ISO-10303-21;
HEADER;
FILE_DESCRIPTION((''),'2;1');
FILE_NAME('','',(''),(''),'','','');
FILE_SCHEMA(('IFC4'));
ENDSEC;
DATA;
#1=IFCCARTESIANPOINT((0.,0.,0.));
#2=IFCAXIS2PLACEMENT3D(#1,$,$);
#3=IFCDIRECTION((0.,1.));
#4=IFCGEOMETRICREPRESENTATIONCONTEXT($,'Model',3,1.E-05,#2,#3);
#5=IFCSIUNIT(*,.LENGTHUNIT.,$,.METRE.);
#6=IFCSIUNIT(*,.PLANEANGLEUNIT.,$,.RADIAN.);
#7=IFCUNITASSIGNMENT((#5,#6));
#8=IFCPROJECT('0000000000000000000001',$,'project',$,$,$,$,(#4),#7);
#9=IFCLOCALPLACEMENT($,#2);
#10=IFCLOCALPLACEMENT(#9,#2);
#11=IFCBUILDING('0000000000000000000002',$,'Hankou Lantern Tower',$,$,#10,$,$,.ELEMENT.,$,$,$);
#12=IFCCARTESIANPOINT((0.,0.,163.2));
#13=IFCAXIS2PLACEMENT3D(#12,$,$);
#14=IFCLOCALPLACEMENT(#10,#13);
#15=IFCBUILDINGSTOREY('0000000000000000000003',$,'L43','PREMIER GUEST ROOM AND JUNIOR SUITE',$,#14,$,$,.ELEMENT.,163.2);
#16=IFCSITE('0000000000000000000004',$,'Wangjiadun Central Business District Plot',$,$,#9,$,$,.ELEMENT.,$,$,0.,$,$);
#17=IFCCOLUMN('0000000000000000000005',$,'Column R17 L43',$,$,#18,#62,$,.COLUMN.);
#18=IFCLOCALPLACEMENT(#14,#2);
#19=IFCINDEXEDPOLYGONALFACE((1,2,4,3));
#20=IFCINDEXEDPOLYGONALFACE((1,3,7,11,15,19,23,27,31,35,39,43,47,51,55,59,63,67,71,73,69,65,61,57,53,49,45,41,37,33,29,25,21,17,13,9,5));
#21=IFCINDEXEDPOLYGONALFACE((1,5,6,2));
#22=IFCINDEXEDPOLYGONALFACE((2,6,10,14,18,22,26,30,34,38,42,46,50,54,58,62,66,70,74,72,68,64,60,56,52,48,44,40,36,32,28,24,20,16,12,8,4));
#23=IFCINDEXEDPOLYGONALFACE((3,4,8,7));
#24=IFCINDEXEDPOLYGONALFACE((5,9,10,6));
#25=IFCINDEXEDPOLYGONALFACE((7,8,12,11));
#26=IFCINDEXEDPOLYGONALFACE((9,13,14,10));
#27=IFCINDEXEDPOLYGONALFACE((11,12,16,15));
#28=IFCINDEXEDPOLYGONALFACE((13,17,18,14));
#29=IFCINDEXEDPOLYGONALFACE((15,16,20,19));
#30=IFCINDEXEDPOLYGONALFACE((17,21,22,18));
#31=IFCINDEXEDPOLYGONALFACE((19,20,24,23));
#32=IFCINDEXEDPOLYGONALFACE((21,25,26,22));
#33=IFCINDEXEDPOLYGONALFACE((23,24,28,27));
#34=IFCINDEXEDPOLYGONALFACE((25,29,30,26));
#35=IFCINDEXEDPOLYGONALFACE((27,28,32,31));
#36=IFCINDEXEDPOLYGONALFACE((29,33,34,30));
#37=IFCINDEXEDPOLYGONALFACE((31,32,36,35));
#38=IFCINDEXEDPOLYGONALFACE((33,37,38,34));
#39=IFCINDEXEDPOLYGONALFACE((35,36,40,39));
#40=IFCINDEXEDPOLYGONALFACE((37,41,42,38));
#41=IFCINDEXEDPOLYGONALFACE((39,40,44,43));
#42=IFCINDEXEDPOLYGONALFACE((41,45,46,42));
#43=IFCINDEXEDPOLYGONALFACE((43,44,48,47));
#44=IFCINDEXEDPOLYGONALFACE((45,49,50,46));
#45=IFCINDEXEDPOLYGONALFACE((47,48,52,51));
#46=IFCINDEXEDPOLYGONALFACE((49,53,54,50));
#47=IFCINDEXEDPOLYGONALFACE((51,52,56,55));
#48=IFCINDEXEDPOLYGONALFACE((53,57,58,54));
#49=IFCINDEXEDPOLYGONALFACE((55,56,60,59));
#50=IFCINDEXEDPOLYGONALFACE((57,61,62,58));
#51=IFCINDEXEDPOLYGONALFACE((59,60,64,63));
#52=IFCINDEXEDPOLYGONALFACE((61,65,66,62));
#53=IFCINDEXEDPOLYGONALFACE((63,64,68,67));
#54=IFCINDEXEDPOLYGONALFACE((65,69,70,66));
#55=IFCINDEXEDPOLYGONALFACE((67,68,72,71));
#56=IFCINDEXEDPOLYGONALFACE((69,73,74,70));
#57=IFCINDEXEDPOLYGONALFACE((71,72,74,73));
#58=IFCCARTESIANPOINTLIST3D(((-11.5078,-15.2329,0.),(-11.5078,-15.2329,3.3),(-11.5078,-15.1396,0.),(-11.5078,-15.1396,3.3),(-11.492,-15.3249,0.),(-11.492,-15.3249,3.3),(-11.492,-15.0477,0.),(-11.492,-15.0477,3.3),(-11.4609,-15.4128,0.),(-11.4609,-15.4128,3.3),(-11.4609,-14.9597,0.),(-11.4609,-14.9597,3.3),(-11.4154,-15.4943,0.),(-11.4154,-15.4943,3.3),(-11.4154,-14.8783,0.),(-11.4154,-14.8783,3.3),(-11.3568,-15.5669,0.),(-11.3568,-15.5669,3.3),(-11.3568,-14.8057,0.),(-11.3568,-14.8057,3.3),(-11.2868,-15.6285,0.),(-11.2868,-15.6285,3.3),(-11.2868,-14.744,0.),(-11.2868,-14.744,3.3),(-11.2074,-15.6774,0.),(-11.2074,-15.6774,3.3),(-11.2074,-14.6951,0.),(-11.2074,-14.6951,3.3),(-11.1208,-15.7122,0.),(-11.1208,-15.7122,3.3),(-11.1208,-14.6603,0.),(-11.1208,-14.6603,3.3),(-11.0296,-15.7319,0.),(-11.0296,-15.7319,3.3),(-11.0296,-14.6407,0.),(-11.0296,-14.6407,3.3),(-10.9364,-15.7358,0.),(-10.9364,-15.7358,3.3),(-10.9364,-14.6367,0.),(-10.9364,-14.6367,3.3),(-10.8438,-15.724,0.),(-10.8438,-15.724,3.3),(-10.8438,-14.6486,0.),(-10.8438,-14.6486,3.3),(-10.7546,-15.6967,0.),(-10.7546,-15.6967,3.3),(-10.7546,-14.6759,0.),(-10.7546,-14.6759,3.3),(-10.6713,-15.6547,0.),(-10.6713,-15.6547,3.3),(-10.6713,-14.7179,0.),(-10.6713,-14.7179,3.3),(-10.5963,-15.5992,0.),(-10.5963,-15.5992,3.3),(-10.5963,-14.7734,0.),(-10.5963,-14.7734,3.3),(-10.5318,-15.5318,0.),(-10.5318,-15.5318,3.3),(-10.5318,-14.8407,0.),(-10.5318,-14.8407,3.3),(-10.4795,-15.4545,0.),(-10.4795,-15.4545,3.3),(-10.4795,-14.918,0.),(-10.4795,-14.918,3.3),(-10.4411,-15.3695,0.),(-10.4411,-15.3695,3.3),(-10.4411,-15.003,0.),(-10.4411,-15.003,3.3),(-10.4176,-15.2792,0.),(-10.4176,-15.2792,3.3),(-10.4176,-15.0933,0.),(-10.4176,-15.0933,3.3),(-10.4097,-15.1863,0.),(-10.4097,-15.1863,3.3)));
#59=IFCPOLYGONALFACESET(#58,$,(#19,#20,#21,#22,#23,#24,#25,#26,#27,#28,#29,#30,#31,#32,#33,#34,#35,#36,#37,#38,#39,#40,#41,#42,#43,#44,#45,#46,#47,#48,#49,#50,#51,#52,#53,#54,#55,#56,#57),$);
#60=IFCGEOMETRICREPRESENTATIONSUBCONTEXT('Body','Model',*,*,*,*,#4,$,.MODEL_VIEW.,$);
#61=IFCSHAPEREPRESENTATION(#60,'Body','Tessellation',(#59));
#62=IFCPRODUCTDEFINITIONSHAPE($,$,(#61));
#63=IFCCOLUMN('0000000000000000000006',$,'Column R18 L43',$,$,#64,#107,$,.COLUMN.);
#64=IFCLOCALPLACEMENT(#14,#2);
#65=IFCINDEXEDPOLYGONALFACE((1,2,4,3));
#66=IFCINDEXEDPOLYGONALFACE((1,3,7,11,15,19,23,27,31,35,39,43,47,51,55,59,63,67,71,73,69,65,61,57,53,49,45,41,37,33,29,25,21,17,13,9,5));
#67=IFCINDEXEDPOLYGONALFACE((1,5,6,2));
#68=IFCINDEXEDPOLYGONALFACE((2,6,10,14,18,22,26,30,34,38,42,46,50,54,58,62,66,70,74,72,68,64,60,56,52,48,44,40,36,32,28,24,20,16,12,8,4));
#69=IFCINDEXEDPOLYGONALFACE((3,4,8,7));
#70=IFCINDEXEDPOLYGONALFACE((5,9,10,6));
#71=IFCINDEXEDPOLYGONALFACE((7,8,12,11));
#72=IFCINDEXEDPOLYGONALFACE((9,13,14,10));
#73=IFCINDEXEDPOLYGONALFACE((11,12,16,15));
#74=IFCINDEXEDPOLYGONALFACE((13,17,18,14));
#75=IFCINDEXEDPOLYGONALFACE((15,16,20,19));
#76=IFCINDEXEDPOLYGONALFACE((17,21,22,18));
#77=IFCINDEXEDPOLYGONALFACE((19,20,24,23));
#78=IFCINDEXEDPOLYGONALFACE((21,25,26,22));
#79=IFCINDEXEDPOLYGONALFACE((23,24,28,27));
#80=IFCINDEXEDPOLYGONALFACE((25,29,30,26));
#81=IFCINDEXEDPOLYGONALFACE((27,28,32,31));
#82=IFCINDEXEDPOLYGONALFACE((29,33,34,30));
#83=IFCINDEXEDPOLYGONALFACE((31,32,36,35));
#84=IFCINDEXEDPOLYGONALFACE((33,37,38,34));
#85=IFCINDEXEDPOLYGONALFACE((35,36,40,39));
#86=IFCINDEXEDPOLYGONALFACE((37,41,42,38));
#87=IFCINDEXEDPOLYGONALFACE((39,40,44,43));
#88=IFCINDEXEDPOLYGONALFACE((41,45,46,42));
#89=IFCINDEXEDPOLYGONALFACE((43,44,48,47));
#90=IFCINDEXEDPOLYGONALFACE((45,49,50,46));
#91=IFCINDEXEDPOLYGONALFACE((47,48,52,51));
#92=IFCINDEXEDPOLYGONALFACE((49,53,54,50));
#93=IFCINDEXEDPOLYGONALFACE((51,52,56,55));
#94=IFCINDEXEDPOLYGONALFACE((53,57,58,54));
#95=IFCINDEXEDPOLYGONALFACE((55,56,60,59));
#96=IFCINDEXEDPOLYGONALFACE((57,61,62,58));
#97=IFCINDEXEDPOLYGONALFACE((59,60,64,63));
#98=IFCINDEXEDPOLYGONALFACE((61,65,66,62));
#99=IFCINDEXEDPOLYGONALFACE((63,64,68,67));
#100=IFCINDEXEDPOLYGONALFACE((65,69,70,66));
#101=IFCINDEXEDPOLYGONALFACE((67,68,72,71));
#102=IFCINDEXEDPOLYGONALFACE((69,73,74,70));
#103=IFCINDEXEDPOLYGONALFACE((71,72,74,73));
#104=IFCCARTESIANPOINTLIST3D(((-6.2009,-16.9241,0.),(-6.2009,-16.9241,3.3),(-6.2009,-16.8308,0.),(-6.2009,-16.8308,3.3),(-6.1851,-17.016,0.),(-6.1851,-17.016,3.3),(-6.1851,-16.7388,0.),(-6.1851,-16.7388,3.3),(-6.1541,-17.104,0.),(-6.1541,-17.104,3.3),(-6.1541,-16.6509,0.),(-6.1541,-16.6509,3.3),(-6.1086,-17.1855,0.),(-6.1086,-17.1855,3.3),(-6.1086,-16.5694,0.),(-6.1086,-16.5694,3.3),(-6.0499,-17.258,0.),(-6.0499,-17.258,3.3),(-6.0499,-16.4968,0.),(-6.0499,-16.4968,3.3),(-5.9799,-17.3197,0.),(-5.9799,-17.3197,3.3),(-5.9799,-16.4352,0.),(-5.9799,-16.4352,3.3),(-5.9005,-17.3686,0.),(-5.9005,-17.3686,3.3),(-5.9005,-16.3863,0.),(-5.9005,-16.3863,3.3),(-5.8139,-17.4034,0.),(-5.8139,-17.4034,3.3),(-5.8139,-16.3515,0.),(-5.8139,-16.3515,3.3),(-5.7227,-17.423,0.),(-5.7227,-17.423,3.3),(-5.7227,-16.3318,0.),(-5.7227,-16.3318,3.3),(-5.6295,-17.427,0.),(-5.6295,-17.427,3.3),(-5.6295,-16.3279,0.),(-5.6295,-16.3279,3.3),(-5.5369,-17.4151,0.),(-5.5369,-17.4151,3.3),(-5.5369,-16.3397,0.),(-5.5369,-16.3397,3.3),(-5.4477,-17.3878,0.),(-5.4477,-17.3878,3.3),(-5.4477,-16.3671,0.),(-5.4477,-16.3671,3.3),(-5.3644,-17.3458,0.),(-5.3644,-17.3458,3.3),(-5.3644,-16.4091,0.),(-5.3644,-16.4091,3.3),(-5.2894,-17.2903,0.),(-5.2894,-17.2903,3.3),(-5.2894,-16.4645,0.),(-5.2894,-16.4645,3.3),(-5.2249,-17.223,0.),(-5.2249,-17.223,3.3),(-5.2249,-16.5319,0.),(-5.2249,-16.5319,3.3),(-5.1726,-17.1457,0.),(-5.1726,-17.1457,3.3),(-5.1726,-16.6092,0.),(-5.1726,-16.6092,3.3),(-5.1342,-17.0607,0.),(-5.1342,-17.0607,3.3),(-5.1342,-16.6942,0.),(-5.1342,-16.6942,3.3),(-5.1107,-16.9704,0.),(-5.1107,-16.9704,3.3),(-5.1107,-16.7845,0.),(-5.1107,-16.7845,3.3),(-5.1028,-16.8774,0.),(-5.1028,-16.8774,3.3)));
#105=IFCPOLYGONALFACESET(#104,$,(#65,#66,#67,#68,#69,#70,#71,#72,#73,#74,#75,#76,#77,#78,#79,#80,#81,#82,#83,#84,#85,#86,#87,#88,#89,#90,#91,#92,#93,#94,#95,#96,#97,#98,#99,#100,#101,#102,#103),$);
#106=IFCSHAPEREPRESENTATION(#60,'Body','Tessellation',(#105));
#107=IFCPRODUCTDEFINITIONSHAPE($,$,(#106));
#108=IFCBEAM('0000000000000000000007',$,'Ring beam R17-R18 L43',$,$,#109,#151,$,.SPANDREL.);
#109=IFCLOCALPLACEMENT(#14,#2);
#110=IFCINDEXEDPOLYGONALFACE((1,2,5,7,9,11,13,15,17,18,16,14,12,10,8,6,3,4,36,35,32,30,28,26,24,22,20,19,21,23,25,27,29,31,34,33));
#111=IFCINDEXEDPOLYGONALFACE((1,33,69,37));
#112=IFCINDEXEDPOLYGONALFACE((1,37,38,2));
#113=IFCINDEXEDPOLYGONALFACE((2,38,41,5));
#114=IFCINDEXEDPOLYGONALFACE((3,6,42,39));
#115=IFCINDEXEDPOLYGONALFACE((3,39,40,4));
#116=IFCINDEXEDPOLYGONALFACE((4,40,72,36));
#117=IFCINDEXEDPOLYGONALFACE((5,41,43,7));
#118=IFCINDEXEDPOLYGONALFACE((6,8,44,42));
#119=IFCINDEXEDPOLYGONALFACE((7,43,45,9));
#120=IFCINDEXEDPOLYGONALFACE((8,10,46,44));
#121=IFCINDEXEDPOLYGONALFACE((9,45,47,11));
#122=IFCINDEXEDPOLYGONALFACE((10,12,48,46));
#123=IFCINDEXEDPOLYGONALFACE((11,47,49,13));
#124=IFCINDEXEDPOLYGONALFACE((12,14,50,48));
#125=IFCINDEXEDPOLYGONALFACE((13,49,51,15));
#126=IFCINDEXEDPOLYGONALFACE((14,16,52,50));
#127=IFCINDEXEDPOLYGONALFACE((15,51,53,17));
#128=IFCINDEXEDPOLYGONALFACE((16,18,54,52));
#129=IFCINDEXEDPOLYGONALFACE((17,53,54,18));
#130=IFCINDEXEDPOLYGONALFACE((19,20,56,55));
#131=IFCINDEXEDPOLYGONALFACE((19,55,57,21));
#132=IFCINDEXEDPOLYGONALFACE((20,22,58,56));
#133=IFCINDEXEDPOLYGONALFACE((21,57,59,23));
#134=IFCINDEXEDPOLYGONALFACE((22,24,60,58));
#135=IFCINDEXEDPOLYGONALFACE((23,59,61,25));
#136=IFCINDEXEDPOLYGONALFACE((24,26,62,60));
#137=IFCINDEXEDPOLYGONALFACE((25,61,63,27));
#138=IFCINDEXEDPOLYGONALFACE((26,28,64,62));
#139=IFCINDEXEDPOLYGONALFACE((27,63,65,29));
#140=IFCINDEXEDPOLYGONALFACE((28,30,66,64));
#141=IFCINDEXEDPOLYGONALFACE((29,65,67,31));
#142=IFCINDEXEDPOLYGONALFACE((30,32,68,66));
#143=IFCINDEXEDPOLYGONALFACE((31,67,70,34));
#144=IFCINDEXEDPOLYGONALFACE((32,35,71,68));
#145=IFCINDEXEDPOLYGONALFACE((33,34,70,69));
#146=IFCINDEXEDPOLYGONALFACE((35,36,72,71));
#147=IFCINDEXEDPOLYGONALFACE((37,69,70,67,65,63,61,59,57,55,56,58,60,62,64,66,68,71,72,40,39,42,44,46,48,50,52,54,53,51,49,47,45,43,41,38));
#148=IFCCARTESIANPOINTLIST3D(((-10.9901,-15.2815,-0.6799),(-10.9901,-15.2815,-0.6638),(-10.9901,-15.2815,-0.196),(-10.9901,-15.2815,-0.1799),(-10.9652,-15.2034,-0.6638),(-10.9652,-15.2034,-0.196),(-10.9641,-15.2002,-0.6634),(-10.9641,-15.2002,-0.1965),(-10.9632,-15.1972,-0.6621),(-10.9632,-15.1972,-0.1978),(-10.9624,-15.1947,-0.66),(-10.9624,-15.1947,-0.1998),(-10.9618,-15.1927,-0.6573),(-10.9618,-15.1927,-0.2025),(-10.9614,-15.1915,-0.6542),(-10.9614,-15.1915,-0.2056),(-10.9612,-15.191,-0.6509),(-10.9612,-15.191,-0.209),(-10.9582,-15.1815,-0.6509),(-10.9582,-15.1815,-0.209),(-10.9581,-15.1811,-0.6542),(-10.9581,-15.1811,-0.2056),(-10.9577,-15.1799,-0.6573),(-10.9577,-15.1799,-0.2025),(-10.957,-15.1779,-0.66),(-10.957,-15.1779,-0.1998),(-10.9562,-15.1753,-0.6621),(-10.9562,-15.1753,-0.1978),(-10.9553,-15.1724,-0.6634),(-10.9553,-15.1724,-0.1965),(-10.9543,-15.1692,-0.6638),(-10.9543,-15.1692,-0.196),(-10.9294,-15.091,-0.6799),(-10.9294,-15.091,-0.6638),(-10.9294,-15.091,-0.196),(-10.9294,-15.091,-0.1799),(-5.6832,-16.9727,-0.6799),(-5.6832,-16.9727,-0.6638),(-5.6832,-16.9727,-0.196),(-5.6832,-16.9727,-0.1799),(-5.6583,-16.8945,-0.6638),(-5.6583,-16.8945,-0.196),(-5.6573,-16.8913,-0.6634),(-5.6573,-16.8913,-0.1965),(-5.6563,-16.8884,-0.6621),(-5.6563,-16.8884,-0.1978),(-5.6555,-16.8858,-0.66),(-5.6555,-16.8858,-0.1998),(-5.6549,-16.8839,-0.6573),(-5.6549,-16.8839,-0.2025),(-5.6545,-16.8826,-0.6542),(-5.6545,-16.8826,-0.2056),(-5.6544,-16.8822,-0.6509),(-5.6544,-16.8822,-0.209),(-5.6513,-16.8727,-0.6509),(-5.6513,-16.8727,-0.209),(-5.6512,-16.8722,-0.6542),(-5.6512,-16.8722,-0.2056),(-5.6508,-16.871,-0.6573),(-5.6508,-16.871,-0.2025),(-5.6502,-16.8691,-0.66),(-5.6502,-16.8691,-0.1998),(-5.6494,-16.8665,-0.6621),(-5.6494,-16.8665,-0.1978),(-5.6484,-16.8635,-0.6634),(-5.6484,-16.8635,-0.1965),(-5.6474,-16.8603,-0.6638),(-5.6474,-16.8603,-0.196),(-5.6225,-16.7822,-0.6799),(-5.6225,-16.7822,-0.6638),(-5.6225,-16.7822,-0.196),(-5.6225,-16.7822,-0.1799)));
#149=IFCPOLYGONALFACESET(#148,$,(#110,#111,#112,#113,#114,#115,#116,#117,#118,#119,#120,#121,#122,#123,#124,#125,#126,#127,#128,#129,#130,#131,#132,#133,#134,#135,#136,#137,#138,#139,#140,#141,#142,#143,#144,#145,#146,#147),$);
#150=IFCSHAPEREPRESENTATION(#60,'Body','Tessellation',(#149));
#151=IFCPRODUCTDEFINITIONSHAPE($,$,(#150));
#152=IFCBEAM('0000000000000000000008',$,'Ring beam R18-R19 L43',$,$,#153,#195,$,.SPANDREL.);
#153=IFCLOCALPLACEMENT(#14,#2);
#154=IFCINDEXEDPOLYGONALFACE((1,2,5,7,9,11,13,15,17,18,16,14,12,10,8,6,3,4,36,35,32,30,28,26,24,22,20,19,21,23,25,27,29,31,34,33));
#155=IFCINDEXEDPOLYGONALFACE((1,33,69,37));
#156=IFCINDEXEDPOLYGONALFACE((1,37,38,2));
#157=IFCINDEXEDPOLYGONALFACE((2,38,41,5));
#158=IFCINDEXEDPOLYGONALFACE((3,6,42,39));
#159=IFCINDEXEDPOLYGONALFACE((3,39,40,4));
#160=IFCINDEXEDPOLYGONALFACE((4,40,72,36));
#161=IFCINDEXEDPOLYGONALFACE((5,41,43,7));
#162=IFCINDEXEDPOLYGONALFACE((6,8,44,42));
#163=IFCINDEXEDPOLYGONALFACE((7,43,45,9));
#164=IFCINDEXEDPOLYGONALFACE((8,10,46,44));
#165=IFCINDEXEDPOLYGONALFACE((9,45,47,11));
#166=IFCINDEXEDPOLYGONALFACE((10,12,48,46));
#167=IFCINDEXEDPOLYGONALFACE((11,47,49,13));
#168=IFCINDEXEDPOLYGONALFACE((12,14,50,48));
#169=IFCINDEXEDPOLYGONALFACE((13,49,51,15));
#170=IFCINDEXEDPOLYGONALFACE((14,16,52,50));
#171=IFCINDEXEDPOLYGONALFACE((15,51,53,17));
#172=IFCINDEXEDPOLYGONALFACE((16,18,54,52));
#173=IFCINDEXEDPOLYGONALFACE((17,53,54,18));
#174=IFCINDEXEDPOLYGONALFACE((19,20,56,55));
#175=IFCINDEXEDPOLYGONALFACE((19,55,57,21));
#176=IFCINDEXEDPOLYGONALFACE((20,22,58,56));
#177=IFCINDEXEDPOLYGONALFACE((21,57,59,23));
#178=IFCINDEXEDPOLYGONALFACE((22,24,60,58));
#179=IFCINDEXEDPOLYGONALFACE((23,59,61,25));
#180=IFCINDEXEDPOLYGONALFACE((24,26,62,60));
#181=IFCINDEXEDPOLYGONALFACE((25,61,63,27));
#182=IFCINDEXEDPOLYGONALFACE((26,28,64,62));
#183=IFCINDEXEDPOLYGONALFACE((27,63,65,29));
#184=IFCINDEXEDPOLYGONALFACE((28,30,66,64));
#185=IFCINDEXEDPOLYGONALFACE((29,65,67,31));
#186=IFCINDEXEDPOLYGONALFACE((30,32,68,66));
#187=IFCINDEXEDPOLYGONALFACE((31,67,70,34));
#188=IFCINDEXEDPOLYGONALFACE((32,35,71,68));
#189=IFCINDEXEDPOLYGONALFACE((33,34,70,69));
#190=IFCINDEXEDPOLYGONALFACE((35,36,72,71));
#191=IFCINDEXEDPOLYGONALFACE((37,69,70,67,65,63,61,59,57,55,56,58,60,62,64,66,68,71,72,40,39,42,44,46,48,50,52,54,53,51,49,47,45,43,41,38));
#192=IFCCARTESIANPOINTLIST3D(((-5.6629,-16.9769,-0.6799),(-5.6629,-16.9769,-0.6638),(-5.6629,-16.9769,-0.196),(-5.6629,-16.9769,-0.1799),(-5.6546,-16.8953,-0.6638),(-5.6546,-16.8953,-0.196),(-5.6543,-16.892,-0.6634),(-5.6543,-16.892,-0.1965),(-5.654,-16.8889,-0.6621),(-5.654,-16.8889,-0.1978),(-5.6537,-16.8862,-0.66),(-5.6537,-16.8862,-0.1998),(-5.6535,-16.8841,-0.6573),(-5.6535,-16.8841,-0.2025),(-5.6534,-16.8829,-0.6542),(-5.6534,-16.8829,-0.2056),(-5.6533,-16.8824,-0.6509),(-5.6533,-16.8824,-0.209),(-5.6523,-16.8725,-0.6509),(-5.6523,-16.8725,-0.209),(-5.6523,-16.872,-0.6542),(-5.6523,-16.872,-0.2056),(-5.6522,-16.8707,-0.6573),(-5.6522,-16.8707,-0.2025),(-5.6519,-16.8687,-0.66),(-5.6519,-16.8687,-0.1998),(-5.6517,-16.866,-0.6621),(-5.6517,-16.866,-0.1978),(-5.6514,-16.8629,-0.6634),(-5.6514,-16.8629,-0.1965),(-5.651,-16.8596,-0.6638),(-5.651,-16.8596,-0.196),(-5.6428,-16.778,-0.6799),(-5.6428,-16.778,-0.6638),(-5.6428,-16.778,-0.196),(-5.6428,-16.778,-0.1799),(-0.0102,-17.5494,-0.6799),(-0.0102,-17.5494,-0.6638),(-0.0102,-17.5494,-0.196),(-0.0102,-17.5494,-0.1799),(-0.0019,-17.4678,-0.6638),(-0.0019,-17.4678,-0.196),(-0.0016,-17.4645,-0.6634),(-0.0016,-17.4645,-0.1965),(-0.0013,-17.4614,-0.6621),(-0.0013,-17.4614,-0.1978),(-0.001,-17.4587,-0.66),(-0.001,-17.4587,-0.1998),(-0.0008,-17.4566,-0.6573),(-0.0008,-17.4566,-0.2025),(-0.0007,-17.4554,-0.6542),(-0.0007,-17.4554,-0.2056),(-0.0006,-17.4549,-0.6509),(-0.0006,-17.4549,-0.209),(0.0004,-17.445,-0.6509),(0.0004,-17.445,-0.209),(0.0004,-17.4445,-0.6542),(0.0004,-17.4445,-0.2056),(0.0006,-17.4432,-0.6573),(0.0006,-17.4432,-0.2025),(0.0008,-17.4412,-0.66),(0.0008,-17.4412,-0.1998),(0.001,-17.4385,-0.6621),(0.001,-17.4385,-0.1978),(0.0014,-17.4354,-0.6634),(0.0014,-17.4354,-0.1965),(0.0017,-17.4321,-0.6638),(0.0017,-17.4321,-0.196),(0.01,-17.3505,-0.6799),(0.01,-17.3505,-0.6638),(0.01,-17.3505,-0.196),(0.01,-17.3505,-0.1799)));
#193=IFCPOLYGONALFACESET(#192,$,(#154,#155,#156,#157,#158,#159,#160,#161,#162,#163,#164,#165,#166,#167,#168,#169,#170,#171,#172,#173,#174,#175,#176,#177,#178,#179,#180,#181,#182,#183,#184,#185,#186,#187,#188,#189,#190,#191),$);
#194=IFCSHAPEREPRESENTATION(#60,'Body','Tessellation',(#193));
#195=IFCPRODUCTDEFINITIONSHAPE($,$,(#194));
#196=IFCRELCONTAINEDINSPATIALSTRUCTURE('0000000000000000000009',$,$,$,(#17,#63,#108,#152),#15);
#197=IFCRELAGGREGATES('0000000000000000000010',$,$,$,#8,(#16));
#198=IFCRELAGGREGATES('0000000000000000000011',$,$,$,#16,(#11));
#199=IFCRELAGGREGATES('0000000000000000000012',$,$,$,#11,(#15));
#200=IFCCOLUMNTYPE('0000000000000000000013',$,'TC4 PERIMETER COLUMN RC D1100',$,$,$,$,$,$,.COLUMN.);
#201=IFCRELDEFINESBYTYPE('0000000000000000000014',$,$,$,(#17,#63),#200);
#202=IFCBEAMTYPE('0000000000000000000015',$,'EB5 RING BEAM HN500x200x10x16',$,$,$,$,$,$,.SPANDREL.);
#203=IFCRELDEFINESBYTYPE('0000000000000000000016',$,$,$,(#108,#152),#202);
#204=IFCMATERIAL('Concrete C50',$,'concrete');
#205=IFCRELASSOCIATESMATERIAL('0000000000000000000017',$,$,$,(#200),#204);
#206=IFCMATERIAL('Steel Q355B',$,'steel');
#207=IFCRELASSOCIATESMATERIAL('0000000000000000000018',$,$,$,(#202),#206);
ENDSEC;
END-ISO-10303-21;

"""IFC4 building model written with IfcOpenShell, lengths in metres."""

from ifc_helpers import new_model, si_unit, direction, frame, origin, origin_2d, place, context, subcontext, project, spatial, circle, i_section, extrude, material, material_profile, profile_set, type_object, element, save


model = new_model("IFC4")

# Units and contexts
model_context = context("Model", 3, precision=1e-05, world=origin(), true_north=direction((0.0, 1.0)))
body_context = subcontext(model_context, "Body", "Model", "MODEL_VIEW")
ifc_project = project(units=[si_unit("LENGTHUNIT", "METRE"), si_unit("PLANEANGLEUNIT", "RADIAN")], contexts=[model_context])

# Site, building, storey
site_placement = place(None, origin())
site = spatial("IfcSite", under=ifc_project, at=site_placement, Name="Wangjiadun Central Business District Plot", CompositionType="ELEMENT", RefElevation=0.0)
building_placement = place(site_placement, origin())
building = spatial("IfcBuilding", under=site, at=building_placement, Name="Hankou Lantern Tower", CompositionType="ELEMENT")
storey_placement = place(building_placement, frame((0.0, 0.0, 163.2)))
storey = spatial("IfcBuildingStorey", under=building, at=storey_placement, Name="L43", Description="PREMIER GUEST ROOM AND JUNIOR SUITE", CompositionType="ELEMENT", Elevation=163.2)

# Columns
ifc_material_1 = material(Name="Concrete C50", Category="concrete")
ifc_material_profile_1 = material_profile(ifc_material_1, circle(Radius=0.55, at=origin_2d()), Name="RC D1100")
ifc_profile_set_1 = profile_set([ifc_material_profile_1], Name="Concrete C50")
column_type = type_object("IfcColumnType", Name="TC4 PERIMETER COLUMN RC D1100", PredefinedType="COLUMN", material=ifc_profile_set_1)
for number, where, z_axis, x_axis, name in (
    (1, (-10.9597, -15.1863, 0.0), (0.0, 0.0, 1.0), (1.0, 0.0, 0.0), "Column R17 L43"),
    (2, (-5.6528, -16.8774, 0.0), (0.0, 0.0, 1.0), (1.0, 0.0, 0.0), "Column R18 L43"),
):
    element("IfcColumn", number, at=place(storey_placement, frame(where, z_axis=z_axis, x_axis=x_axis)), inside=storey, type_object=column_type, Name=name, PredefinedType="COLUMN", context=body_context, shape_type="SweptSolid", body=[
        extrude(circle(Radius=0.55, at=origin_2d()), origin(), (0.0, 0.0, 1.0), 3.3),
    ])

# Beams
ifc_material_2 = material(Name="Steel Q355B", Category="steel")
ifc_material_profile_2 = material_profile(ifc_material_2, i_section(OverallWidth=0.2, OverallDepth=0.5, WebThickness=0.01, FlangeThickness=0.0161, FilletRadius=0.0129, at=origin_2d()), Name="HN500x200x10x16")
ifc_profile_set_2 = profile_set([ifc_material_profile_2], Name="Steel Q355B")
beam_type = type_object("IfcBeamType", Name="EB5 RING BEAM HN500x200x10x16", PredefinedType="SPANDREL", material=ifc_profile_set_2)
beam_1_placement = place(storey_placement, frame((-10.9597, -15.1863, -0.4299), z_axis=(0.95279, -0.303629, 0.0), x_axis=(0.303629, 0.95279, 0.0)))
element("IfcBeam", 3, at=beam_1_placement, inside=storey, type_object=beam_type, Name="Ring beam R17-R18 L43", PredefinedType="SPANDREL", context=body_context, shape_type="SweptSolid", body=[
    extrude(i_section(OverallWidth=0.2, OverallDepth=0.5, WebThickness=0.01, FlangeThickness=0.0161, FilletRadius=0.0129, at=origin_2d()), origin(), (0.0, 0.0, 1.0), 5.5698),
])
beam_2_placement = place(storey_placement, frame((-5.6528, -16.8774, -0.4299), z_axis=(0.99491, -0.100763, 0.0), x_axis=(0.100763, 0.99491, 0.0)))
element("IfcBeam", 4, at=beam_2_placement, inside=storey, type_object=beam_type, Name="Ring beam R18-R19 L43", PredefinedType="SPANDREL", context=body_context, shape_type="SweptSolid", body=[
    extrude(i_section(OverallWidth=0.2, OverallDepth=0.5, WebThickness=0.01, FlangeThickness=0.0161, FilletRadius=0.0129, at=origin_2d()), origin(), (0.0, 0.0, 1.0), 5.6816),
])

save(model, "model.ifc")
